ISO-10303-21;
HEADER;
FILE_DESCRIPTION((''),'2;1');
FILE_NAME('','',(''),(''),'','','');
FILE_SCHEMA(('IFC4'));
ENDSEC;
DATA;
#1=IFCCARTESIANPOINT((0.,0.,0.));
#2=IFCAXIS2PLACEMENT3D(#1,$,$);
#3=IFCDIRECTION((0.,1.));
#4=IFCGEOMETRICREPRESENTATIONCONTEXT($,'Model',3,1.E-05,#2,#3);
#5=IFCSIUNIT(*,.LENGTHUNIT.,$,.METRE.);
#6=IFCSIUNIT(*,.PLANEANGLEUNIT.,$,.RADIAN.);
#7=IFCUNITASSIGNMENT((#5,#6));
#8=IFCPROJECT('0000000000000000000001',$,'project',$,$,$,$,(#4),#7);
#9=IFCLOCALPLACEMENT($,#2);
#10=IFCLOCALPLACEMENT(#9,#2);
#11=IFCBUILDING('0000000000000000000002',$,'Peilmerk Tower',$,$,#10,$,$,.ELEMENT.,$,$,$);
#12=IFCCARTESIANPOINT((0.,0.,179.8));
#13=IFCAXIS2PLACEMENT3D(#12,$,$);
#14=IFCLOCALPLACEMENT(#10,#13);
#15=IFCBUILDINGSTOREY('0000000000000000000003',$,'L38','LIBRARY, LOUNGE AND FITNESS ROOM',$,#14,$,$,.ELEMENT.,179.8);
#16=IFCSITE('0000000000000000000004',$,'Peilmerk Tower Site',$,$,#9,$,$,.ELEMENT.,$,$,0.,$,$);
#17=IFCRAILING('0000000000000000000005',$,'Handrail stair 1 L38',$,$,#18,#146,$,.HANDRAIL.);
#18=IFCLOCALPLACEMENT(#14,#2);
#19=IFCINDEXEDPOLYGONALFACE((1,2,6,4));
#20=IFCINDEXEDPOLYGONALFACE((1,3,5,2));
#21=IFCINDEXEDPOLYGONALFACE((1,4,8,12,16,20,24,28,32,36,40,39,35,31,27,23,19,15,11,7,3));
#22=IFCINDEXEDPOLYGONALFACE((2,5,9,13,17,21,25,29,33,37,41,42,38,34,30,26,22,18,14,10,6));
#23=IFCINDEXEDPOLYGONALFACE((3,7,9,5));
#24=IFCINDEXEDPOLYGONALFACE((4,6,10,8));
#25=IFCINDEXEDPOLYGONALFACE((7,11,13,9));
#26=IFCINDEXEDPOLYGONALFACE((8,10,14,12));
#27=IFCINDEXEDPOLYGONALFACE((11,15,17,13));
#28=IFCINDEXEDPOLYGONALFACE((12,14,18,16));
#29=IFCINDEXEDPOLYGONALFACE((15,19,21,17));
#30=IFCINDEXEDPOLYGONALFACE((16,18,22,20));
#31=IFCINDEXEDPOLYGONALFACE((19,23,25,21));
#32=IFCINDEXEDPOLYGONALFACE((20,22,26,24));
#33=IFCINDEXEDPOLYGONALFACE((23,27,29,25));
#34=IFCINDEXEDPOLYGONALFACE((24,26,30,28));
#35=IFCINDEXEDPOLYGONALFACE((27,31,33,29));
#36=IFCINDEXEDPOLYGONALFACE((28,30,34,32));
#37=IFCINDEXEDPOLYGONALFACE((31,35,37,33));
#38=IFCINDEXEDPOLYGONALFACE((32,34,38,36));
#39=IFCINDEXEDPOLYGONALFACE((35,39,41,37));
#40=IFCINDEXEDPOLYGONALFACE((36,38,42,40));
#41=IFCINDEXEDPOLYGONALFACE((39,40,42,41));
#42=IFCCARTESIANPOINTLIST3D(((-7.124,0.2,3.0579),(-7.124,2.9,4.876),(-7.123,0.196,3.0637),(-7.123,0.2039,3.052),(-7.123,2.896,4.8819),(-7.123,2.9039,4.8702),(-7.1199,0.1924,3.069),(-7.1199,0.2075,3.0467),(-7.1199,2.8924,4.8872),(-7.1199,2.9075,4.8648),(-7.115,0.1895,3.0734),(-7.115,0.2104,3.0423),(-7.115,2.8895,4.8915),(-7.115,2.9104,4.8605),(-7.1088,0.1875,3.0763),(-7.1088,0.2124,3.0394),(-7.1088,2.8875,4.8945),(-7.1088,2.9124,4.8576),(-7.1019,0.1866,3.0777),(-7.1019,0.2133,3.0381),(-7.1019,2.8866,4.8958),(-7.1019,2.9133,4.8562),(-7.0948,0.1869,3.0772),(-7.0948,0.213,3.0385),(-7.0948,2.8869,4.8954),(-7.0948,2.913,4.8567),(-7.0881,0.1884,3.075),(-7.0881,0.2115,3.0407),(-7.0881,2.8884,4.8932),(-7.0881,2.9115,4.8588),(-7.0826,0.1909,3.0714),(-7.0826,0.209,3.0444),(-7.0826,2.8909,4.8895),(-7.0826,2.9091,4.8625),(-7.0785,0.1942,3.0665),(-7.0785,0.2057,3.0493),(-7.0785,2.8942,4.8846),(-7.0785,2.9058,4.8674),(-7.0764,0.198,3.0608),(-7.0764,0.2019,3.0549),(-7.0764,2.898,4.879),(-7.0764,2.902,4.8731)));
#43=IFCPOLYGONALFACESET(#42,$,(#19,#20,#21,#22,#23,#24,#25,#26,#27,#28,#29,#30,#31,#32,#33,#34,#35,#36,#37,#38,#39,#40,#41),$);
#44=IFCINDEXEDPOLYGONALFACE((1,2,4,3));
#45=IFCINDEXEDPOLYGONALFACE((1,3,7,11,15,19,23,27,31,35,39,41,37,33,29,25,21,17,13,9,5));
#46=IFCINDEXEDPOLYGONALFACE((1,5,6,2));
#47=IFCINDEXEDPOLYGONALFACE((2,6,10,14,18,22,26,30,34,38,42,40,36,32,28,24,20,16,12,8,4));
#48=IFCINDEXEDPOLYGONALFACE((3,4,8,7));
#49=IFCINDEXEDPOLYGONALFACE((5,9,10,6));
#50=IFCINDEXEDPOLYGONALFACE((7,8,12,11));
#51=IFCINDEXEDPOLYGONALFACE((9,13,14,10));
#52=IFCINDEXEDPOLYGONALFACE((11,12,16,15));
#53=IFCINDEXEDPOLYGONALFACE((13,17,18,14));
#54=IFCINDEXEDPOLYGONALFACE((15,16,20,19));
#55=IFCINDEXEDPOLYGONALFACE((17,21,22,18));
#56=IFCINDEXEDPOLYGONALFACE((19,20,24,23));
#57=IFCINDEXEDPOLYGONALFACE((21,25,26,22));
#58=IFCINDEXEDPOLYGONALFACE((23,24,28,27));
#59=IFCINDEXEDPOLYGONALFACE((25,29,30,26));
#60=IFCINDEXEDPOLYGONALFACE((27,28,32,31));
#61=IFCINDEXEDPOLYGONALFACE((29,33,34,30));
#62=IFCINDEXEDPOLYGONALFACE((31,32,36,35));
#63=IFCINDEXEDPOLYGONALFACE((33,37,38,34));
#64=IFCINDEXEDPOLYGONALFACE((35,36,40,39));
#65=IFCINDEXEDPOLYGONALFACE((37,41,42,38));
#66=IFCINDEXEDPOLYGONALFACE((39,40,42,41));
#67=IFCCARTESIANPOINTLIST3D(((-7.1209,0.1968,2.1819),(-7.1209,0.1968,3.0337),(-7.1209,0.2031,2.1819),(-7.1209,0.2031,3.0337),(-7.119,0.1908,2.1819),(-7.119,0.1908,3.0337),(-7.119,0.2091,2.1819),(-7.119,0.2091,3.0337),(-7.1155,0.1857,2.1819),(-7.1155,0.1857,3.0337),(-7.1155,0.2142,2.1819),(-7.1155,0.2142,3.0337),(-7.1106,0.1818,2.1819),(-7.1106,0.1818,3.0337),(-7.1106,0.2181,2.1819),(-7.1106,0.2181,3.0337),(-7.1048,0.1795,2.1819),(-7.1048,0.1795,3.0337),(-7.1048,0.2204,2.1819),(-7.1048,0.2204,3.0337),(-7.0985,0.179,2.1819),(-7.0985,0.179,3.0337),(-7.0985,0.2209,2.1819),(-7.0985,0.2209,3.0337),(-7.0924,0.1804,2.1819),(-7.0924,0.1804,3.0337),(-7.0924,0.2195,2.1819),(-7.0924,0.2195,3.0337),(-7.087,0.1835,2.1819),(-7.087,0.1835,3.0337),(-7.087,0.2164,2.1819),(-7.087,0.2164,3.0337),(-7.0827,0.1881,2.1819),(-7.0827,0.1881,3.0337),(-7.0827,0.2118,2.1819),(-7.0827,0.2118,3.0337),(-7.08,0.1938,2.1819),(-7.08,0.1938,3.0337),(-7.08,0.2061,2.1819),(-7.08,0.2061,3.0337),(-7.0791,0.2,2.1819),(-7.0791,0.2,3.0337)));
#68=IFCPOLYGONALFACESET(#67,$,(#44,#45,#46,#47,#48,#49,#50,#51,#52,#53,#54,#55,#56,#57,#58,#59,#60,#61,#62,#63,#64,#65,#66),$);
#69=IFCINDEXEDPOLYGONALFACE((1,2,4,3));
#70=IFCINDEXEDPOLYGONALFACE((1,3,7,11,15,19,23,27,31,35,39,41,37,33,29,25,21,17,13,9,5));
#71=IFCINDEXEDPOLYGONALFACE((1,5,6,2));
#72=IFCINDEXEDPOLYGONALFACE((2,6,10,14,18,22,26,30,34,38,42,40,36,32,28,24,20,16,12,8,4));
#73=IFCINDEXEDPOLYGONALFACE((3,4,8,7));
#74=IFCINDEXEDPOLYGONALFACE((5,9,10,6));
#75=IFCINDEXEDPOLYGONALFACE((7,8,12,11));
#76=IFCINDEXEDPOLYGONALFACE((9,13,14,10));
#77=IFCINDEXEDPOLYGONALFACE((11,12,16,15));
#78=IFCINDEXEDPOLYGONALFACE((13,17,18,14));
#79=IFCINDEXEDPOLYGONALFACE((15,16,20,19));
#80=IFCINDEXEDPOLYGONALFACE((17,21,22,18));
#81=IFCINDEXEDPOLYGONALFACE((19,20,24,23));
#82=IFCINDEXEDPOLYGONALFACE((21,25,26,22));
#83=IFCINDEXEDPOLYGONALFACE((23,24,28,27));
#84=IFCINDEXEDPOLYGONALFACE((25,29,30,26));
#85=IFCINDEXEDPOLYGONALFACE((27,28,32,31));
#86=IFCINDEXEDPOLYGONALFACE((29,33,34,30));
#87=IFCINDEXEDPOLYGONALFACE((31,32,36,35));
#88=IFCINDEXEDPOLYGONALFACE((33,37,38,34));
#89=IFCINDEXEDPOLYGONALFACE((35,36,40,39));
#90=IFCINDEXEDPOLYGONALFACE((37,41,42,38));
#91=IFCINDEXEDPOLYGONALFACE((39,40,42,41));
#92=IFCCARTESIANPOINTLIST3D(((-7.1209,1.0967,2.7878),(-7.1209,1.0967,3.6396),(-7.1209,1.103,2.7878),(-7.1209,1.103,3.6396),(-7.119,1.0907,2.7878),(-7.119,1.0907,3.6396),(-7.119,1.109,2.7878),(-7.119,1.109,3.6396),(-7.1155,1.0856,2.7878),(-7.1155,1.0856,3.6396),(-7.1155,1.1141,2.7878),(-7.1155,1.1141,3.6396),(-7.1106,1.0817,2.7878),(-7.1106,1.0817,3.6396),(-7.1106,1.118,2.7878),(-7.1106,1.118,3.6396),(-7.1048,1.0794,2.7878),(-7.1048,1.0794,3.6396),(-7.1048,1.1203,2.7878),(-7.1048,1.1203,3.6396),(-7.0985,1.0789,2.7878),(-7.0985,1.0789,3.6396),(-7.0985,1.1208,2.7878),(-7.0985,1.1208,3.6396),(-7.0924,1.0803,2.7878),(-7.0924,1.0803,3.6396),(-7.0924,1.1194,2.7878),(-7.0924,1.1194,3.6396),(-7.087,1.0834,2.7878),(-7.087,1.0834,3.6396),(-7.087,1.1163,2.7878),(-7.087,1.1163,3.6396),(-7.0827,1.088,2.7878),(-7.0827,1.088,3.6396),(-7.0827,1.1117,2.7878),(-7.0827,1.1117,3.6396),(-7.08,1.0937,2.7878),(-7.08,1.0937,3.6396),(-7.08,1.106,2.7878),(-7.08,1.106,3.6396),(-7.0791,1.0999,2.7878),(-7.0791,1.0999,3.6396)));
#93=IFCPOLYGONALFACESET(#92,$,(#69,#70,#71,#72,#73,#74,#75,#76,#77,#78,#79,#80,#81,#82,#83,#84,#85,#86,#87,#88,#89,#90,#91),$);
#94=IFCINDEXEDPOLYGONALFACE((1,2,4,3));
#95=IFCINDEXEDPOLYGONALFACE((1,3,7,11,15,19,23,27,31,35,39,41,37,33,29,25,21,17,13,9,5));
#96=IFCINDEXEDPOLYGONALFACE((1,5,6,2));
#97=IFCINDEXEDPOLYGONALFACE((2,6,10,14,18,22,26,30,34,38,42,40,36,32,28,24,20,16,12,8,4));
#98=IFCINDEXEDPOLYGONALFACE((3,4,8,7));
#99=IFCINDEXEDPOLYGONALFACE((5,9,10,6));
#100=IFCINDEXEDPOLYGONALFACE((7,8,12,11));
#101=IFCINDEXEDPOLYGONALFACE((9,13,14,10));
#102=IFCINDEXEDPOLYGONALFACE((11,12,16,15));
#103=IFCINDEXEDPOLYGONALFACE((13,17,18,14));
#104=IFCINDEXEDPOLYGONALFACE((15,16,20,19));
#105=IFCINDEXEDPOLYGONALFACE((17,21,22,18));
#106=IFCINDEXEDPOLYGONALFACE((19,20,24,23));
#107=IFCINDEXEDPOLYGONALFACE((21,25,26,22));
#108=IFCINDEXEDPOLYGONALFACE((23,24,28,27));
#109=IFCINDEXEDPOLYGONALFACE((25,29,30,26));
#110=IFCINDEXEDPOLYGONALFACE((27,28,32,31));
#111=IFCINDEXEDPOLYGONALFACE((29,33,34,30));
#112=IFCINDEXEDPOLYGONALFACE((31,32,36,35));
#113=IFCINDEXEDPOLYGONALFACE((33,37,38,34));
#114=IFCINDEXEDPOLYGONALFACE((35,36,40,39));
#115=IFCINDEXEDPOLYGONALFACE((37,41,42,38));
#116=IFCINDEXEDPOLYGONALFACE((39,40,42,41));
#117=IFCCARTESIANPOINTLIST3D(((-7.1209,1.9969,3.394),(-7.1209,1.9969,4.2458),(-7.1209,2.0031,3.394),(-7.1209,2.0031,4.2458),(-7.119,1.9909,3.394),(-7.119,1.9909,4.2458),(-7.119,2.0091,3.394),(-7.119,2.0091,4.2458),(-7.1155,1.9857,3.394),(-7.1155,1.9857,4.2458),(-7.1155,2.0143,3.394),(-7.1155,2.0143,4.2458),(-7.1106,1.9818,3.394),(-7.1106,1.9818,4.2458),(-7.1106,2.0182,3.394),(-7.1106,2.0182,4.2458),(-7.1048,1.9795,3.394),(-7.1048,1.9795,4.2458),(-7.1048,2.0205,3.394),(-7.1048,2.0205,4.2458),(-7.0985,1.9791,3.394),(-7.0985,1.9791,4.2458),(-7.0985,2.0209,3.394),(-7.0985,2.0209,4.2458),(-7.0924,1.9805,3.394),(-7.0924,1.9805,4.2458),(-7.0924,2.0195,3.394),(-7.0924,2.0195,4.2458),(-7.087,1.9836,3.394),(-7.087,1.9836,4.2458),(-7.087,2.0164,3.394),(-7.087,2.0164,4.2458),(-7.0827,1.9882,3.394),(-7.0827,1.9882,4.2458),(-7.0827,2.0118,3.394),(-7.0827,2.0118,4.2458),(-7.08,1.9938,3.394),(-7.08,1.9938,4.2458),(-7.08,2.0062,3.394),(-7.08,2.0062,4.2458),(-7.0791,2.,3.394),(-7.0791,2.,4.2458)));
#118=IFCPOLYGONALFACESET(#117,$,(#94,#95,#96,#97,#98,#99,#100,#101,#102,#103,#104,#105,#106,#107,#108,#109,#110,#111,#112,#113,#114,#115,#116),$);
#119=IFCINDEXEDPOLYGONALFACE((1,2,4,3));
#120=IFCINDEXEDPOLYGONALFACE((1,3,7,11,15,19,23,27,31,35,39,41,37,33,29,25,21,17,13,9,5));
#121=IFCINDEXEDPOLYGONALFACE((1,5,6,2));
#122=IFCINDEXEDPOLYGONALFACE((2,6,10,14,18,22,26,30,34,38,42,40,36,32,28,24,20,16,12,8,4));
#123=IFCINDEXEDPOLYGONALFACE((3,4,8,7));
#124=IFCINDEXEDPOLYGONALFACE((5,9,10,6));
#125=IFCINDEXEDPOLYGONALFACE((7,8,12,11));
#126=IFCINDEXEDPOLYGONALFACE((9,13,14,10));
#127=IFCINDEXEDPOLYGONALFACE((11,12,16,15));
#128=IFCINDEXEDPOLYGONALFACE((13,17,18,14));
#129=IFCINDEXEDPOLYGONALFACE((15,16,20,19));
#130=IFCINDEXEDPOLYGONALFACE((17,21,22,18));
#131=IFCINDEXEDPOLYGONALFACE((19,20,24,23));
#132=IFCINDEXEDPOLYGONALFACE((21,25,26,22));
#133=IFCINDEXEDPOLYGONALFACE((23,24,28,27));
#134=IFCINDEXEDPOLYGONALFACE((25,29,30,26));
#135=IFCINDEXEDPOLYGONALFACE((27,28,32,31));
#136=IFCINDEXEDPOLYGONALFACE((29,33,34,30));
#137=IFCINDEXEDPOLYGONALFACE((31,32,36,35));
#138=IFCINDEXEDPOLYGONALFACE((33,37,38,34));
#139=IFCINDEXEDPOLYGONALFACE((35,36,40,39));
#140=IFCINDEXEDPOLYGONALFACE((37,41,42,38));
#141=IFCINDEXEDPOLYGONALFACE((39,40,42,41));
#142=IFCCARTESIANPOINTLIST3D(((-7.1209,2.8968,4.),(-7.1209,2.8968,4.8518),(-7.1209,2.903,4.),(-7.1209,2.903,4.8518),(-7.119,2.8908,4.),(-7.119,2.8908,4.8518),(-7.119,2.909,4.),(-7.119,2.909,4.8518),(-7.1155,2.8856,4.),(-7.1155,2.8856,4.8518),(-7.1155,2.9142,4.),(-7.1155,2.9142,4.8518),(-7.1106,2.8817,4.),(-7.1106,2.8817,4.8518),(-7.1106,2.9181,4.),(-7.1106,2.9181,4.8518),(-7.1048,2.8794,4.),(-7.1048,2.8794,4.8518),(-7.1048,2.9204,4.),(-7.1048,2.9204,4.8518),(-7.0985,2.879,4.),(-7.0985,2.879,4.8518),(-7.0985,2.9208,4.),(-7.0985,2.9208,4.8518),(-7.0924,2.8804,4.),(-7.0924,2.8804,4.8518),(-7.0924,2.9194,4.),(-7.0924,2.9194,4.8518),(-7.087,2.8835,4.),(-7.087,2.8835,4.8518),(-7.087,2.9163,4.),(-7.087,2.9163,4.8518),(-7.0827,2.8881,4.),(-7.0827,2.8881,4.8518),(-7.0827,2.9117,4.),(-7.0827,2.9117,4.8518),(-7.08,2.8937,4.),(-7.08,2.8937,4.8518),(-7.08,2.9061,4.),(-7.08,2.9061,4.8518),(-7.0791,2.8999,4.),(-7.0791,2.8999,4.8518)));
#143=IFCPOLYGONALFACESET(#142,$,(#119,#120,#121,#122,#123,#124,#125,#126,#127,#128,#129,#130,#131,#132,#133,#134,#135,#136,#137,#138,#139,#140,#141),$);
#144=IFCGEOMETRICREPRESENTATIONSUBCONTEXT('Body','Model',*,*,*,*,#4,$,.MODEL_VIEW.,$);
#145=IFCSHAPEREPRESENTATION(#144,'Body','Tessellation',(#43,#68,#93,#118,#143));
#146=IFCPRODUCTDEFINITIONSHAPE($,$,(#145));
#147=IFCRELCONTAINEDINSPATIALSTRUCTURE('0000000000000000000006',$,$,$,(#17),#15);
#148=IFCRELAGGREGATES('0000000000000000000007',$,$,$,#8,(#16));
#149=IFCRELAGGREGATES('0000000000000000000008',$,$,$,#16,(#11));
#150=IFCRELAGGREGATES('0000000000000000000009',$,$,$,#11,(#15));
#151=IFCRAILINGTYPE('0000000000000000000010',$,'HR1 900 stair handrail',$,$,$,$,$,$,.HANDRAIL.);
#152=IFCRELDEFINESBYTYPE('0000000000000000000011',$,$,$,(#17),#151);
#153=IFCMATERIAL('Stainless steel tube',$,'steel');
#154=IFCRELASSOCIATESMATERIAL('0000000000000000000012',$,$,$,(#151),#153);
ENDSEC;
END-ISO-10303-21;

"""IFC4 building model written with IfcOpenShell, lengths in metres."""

from ifc_helpers import new_model, si_unit, direction, frame, origin, origin_2d, place, context, subcontext, project, spatial, circle, extrude, material, type_object, element, save


model = new_model("IFC4")

# Units and contexts
model_context = context("Model", 3, precision=1e-05, world=origin(), true_north=direction((0.0, 1.0)))
body_context = subcontext(model_context, "Body", "Model", "MODEL_VIEW")
ifc_project = project(units=[si_unit("LENGTHUNIT", "METRE"), si_unit("PLANEANGLEUNIT", "RADIAN")], contexts=[model_context])

# Site, building, storey
site_placement = place(None, origin())
site = spatial("IfcSite", under=ifc_project, at=site_placement, Name="Peilmerk Tower Site", CompositionType="ELEMENT", RefElevation=0.0)
building_placement = place(site_placement, origin())
building = spatial("IfcBuilding", under=site, at=building_placement, Name="Peilmerk Tower", CompositionType="ELEMENT")
storey_placement = place(building_placement, frame((0.0, 0.0, 179.8)))
storey = spatial("IfcBuildingStorey", under=building, at=storey_placement, Name="L38", Description="LIBRARY, LOUNGE AND FITNESS ROOM", CompositionType="ELEMENT", Elevation=179.8)

# Railing
ifc_material_1 = material(Name="Stainless steel tube", Category="steel")
railing_type_1 = type_object("IfcRailingType", Name="HR1 900 stair handrail", PredefinedType="HANDRAIL", material=ifc_material_1)
railing_1_placement = place(storey_placement, frame((-7.1001, 0.2, 2.1819)))
element("IfcRailing", 1, at=railing_1_placement, inside=storey, type_object=railing_type_1, Name="Handrail stair 1 L38", PredefinedType="HANDRAIL", context=body_context, shape_type="SweptSolid", body=[
    extrude(circle(Radius=0.0239, at=origin_2d()), frame((0.0, 0.0, 0.876), z_axis=(0.0, 0.829468, 0.558554), x_axis=(-1.0, 0.0, 0.0)), (0.0, 0.0, 1.0), 3.2551),
    extrude(circle(Radius=0.021, at=origin_2d()), origin(), (0.0, 0.0, 1.0), 0.8518),
    extrude(circle(Radius=0.021, at=origin_2d()), frame((0.0, 0.8999, 0.606)), (0.0, 0.0, 1.0), 0.8518),
    extrude(circle(Radius=0.021, at=origin_2d()), frame((0.0, 1.8, 1.2122)), (0.0, 0.0, 1.0), 0.8518),
    extrude(circle(Radius=0.021, at=origin_2d()), frame((0.0, 2.7, 1.8181)), (0.0, 0.0, 1.0), 0.8518),
])

save(model, "model.ifc")
